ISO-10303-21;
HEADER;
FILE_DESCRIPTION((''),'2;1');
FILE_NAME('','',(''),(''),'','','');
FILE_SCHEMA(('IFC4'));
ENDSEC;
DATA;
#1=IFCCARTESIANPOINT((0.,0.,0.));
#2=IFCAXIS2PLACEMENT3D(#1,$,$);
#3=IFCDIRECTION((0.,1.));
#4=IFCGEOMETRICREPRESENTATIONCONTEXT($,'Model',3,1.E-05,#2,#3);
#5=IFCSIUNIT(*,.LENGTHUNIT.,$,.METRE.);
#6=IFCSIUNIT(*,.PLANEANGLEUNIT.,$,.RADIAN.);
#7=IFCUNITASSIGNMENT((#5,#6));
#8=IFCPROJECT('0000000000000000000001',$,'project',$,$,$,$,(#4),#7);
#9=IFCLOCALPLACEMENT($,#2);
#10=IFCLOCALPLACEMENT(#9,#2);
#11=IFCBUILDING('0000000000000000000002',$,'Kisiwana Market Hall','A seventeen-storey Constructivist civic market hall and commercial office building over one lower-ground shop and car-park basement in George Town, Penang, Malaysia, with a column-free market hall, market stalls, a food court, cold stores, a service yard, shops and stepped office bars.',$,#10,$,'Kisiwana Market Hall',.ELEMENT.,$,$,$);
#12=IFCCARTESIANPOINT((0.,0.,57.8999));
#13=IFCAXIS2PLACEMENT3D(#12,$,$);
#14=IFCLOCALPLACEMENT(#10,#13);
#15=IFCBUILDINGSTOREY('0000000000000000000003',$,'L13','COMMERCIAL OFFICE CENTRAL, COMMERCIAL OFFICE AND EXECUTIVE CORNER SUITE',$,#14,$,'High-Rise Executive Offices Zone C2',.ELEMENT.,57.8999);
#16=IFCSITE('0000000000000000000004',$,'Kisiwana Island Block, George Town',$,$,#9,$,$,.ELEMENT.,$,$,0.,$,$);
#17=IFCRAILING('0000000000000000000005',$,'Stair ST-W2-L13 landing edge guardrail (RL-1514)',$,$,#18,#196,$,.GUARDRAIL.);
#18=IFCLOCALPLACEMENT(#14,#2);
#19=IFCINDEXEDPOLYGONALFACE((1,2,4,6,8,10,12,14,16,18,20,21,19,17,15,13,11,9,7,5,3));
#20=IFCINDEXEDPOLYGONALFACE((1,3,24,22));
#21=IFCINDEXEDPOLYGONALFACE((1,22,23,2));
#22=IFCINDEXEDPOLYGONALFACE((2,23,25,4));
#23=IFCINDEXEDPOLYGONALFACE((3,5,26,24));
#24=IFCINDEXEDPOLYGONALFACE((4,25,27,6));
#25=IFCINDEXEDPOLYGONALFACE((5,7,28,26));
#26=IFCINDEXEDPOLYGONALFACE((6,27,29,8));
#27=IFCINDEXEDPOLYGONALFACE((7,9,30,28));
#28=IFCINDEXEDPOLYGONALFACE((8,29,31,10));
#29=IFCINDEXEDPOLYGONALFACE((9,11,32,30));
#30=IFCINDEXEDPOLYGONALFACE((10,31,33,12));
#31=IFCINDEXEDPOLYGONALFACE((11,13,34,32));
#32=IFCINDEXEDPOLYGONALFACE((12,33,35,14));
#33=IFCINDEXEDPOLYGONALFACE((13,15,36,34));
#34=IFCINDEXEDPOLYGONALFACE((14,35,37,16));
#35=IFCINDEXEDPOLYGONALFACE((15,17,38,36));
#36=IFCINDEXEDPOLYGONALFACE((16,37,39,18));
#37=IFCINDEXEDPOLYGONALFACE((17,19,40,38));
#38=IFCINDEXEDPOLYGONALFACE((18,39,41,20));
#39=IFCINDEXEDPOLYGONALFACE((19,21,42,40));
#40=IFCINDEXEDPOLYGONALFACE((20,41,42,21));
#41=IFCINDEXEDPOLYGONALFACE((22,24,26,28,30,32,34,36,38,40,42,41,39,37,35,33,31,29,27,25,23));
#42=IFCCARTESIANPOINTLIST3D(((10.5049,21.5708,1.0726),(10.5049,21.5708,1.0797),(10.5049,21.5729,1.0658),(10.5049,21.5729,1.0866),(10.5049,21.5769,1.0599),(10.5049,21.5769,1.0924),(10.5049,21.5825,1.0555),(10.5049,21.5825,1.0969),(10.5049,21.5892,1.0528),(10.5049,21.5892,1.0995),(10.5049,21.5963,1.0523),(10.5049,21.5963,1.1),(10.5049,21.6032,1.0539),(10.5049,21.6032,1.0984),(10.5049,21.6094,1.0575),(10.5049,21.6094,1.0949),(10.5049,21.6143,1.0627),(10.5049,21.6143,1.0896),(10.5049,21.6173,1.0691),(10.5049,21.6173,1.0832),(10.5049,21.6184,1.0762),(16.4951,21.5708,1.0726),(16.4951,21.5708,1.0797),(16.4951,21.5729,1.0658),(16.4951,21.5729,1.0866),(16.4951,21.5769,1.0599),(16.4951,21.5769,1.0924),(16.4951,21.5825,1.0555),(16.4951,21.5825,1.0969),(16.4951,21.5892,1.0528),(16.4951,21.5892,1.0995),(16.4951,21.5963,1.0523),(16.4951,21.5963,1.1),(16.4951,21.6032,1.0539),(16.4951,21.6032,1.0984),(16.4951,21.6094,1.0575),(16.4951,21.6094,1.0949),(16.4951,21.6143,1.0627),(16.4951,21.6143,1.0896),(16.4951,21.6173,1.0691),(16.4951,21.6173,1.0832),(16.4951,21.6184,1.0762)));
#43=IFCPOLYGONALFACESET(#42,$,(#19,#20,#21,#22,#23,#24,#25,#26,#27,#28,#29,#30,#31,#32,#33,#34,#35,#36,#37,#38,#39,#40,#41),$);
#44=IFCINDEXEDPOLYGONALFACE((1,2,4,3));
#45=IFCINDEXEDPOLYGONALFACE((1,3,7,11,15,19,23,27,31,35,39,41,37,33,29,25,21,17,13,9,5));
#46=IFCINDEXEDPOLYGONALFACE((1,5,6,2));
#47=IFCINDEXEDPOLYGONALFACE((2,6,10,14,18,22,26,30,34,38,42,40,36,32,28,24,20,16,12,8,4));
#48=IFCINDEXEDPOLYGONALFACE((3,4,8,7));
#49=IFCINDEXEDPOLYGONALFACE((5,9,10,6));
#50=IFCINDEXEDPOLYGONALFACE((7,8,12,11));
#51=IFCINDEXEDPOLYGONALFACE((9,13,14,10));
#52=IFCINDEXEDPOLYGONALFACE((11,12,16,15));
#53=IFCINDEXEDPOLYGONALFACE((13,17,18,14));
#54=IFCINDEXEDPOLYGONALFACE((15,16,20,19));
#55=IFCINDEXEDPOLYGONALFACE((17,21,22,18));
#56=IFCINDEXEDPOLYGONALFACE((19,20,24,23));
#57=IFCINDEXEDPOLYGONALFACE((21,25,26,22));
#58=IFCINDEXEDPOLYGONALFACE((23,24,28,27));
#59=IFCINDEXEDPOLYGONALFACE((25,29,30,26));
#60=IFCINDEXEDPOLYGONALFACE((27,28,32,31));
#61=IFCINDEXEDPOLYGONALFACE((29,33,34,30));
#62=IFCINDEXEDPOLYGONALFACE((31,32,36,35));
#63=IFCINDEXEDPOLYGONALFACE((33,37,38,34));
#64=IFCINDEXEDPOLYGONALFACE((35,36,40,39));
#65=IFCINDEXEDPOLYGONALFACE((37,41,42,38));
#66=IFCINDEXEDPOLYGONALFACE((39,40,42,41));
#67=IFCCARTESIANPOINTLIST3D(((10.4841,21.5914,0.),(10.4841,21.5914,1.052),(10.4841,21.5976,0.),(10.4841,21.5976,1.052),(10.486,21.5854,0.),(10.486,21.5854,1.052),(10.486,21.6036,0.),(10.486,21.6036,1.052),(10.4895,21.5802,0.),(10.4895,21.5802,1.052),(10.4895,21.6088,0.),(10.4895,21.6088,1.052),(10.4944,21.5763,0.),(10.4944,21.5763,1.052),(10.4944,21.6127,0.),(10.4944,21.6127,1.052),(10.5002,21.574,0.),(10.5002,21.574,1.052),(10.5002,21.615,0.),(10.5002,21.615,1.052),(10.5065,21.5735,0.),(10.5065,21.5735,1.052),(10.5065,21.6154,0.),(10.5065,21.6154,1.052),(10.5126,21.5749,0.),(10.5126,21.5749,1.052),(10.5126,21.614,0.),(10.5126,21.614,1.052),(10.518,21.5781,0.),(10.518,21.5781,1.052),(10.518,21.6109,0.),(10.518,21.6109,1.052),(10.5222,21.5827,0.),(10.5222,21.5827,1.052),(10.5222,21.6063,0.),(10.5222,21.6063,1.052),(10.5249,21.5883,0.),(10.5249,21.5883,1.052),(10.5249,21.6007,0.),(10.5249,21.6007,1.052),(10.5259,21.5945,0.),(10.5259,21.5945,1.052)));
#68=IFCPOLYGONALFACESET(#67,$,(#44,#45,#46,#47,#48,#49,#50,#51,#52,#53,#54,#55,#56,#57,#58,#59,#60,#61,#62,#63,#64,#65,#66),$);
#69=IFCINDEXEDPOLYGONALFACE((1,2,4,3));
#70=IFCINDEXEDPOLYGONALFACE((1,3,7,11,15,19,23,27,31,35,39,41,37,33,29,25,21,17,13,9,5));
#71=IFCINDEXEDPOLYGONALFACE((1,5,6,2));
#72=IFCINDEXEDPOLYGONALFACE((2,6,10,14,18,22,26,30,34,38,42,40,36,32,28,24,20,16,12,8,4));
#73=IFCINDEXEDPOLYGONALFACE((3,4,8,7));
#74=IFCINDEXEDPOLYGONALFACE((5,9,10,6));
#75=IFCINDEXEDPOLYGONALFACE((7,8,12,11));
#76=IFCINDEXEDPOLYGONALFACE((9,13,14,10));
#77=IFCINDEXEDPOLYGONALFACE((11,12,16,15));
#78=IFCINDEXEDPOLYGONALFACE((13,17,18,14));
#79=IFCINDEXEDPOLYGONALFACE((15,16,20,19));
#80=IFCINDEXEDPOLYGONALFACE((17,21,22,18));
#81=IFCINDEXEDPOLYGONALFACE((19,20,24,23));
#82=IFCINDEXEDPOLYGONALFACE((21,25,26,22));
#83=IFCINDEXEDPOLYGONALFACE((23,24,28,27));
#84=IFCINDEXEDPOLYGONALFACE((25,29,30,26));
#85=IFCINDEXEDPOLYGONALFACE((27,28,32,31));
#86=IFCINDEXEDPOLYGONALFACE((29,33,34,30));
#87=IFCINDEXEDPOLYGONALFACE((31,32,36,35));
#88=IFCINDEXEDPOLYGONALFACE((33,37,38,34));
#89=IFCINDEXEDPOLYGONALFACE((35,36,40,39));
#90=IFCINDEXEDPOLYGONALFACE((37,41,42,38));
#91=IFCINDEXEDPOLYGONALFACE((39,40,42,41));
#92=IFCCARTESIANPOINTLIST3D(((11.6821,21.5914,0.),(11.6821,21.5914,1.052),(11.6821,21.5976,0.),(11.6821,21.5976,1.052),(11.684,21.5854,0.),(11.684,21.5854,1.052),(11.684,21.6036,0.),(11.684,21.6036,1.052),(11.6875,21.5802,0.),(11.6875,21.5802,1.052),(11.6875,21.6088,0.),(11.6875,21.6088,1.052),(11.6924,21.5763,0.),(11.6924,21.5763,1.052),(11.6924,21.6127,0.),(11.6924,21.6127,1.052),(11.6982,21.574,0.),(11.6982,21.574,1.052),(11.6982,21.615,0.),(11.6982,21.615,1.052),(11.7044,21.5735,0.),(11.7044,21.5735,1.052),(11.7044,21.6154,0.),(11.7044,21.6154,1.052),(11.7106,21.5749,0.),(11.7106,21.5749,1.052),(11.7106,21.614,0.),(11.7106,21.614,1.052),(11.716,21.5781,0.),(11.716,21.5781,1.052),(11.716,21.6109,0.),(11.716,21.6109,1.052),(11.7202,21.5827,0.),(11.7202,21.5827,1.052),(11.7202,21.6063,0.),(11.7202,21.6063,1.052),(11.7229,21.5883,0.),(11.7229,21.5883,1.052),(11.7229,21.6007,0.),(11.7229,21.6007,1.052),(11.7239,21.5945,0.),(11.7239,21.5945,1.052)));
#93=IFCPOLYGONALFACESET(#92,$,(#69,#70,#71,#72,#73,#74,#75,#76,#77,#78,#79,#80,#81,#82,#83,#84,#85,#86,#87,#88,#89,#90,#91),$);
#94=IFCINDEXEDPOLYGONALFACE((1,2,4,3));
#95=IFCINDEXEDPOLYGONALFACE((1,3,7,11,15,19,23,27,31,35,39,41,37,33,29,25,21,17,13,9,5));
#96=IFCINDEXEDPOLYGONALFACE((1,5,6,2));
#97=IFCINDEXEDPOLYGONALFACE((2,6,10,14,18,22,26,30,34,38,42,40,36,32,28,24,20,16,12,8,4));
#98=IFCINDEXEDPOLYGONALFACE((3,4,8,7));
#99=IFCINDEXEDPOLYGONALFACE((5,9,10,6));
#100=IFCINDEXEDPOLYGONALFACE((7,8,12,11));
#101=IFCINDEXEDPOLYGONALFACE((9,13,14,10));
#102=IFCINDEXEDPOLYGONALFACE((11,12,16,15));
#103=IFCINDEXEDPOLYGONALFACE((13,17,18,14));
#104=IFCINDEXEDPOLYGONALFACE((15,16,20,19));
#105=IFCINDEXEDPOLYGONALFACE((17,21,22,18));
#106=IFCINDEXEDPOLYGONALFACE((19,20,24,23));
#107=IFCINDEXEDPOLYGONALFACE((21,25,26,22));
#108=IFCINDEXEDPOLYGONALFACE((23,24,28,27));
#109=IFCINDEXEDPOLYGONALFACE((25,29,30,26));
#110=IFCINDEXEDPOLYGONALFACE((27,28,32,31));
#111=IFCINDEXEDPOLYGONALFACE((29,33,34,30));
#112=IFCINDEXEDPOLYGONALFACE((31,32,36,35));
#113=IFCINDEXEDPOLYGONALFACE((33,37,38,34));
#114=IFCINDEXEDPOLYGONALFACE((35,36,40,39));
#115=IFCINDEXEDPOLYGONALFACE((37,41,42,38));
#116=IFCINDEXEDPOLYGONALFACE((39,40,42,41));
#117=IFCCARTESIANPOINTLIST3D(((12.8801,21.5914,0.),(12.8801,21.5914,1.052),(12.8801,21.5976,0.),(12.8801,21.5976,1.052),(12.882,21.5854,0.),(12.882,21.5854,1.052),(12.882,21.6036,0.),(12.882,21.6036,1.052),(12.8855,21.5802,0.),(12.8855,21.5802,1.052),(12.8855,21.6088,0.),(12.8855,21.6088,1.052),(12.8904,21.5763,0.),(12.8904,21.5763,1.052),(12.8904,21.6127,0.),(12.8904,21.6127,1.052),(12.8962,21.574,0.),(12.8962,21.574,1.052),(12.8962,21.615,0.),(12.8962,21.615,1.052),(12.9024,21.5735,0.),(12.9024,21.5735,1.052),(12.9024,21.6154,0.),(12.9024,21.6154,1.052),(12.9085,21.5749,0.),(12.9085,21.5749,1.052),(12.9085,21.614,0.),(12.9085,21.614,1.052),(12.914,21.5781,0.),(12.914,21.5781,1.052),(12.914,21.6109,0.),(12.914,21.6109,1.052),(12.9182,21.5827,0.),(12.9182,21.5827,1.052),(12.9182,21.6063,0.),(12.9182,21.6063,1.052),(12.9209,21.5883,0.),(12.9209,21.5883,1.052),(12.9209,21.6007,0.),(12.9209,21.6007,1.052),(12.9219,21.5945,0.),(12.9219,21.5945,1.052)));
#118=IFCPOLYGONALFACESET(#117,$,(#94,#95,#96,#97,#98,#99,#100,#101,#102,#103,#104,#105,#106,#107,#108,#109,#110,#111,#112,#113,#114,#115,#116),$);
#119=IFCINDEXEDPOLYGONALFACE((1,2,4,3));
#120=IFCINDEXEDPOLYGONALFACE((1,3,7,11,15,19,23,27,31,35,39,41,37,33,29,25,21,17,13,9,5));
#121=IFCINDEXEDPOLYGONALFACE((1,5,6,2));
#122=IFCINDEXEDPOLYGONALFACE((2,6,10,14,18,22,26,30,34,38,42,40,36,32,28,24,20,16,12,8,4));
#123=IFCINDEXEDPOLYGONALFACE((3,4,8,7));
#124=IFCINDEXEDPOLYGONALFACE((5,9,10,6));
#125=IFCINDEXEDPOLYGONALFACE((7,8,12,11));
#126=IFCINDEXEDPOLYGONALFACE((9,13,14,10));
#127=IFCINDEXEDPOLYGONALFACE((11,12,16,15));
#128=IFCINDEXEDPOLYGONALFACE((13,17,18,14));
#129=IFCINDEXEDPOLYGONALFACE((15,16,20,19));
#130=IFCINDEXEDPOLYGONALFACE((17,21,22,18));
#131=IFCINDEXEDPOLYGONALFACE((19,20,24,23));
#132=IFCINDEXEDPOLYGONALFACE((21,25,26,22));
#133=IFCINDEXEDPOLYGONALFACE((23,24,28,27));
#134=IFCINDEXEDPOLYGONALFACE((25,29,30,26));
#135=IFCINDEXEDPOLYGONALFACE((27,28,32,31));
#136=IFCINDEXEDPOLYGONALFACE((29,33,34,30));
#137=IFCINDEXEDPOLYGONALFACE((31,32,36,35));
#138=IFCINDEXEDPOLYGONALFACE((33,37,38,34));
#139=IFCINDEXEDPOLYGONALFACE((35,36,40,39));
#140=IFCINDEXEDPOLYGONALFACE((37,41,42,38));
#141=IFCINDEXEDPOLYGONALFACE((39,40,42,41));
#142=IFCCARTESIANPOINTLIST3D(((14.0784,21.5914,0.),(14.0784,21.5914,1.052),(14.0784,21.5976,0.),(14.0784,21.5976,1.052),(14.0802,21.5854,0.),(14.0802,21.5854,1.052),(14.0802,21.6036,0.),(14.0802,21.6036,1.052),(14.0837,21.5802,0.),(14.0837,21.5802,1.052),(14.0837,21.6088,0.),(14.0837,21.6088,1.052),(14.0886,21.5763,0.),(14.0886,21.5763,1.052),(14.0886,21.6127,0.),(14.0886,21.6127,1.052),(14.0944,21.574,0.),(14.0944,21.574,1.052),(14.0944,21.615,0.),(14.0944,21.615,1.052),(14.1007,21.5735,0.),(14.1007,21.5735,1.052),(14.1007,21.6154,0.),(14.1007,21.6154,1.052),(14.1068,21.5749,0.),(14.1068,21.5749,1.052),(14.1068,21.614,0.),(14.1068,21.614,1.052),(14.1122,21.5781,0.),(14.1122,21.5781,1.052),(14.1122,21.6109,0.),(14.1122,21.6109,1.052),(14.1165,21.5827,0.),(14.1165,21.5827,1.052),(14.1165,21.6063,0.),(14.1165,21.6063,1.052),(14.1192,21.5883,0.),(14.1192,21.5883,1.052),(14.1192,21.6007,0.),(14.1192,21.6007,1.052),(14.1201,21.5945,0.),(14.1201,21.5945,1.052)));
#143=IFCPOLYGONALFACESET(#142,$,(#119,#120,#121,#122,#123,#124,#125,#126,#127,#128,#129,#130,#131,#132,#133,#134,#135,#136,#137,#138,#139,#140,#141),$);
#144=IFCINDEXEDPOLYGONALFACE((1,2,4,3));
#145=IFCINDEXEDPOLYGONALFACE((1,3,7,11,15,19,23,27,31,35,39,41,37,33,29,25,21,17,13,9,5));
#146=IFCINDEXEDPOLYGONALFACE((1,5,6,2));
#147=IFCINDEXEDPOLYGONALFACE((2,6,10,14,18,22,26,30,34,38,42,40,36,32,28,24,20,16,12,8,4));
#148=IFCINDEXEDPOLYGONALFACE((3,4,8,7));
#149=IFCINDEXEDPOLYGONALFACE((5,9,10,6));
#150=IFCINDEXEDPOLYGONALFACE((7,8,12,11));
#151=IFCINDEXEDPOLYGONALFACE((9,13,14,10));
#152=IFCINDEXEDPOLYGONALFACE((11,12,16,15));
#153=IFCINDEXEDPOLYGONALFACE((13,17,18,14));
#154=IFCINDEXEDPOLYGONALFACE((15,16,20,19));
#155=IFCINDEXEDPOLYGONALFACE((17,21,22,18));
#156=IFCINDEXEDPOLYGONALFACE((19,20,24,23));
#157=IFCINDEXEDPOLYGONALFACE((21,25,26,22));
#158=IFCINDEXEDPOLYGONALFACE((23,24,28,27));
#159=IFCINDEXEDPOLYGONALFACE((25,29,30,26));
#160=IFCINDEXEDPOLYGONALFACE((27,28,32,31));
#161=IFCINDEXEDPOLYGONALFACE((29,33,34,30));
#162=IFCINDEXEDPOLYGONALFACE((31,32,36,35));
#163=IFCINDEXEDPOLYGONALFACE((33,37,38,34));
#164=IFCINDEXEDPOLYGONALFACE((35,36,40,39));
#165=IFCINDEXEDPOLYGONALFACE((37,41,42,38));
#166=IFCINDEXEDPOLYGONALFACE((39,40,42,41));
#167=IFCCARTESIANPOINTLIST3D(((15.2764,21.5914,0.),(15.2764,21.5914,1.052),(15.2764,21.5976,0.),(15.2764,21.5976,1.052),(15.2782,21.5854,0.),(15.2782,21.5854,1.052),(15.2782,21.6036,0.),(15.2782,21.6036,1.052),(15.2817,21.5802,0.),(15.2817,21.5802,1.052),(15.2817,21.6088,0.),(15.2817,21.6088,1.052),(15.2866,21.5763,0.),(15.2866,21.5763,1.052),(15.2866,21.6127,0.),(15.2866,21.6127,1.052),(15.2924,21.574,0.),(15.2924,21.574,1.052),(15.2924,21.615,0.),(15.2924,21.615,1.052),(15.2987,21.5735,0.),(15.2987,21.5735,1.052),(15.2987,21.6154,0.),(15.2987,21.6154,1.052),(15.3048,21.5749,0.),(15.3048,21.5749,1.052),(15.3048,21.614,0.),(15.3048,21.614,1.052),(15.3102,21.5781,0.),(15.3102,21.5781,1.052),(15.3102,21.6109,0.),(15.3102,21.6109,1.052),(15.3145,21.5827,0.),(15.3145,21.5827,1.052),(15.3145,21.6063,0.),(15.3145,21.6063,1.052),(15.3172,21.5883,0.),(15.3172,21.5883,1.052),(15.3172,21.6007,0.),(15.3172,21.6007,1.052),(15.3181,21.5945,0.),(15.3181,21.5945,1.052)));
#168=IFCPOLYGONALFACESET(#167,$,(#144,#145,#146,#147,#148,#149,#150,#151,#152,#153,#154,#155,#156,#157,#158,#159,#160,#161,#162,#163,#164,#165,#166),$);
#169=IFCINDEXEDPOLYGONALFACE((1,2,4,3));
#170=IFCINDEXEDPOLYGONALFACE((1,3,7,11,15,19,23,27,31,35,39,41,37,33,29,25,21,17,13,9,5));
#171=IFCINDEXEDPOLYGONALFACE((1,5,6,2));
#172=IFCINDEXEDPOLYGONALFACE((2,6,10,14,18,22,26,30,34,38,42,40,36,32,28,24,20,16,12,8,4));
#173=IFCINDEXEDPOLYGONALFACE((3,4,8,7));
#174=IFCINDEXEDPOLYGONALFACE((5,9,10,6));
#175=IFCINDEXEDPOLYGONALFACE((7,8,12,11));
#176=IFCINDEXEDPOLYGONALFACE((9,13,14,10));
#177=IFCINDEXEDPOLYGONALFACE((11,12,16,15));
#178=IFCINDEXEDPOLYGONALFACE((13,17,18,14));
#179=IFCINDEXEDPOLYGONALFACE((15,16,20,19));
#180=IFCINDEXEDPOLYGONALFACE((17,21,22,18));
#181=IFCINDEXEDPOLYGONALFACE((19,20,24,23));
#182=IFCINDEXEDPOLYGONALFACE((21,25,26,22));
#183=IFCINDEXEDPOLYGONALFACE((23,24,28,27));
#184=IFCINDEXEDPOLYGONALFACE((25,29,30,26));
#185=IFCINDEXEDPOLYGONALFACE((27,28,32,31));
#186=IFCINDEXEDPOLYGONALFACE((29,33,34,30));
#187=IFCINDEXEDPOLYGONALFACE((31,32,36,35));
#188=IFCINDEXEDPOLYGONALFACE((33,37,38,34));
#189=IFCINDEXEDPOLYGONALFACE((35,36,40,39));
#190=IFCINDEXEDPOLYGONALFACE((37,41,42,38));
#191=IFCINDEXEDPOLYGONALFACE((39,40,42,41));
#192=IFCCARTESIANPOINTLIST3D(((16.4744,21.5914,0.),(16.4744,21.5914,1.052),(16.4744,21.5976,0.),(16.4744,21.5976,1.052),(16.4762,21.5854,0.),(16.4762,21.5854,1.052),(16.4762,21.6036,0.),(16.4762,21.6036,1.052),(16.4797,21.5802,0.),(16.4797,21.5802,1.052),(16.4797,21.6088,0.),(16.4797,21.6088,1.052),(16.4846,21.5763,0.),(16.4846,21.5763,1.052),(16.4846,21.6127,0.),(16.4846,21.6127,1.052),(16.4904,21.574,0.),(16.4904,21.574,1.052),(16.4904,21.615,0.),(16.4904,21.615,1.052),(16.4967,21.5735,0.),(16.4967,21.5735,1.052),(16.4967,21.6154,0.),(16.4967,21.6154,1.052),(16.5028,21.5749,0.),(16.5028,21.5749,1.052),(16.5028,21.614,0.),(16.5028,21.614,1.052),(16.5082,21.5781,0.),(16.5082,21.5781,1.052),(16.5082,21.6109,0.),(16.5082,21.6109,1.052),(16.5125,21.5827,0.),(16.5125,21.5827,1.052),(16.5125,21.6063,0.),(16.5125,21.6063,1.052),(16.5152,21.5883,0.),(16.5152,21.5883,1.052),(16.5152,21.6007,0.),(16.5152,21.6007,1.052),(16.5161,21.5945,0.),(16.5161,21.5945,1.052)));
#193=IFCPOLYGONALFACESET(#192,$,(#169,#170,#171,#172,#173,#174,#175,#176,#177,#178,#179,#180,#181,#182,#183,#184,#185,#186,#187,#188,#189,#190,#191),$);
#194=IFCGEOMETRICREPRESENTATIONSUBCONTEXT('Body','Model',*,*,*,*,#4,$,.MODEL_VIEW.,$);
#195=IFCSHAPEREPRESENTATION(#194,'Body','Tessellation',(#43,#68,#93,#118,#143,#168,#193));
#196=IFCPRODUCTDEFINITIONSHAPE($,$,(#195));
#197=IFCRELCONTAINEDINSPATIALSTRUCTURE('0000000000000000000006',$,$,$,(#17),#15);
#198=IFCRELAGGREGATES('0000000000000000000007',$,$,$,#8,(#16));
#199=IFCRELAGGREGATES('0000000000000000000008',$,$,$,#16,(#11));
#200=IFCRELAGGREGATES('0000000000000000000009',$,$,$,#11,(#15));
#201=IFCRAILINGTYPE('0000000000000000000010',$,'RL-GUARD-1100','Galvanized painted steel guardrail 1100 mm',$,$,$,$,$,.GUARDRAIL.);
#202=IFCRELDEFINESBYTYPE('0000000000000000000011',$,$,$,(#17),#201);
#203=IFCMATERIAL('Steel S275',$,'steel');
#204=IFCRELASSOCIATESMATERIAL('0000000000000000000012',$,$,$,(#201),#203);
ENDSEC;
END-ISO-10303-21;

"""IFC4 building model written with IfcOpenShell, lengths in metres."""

from ifc_helpers import new_model, si_unit, direction, frame, origin, origin_2d, place, context, subcontext, project, spatial, circle, extrude, material, type_object, element, save


model = new_model("IFC4")

# Units and contexts
model_context = context("Model", 3, precision=1e-05, world=origin(), true_north=direction((0.0, 1.0)))
body_context = subcontext(model_context, "Body", "Model", "MODEL_VIEW")
ifc_project = project(units=[si_unit("LENGTHUNIT", "METRE"), si_unit("PLANEANGLEUNIT", "RADIAN")], contexts=[model_context])

# Site, building, storey
site_placement = place(None, origin())
site = spatial("IfcSite", under=ifc_project, at=site_placement, Name="Kisiwana Island Block, George Town", CompositionType="ELEMENT", RefElevation=0.0)
building_placement = place(site_placement, origin())
building = spatial("IfcBuilding", under=site, at=building_placement, Name="Kisiwana Market Hall", Description="A seventeen-storey Constructivist civic market hall and commercial office building over one lower-ground shop and car-park basement in George Town, Penang, Malaysia, with a column-free market hall, market stalls, a food court, cold stores, a service yard, shops and stepped office bars.", LongName="Kisiwana Market Hall", CompositionType="ELEMENT")
storey_placement = place(building_placement, frame((0.0, 0.0, 57.8999)))
storey = spatial("IfcBuildingStorey", under=building, at=storey_placement, Name="L13", Description="COMMERCIAL OFFICE CENTRAL, COMMERCIAL OFFICE AND EXECUTIVE CORNER SUITE", LongName="High-Rise Executive Offices Zone C2", CompositionType="ELEMENT", Elevation=57.8999)

# Railing
ifc_material_1 = material(Name="Steel S275", Category="steel")
railing_type_1 = type_object("IfcRailingType", Name="RL-GUARD-1100", Description="Galvanized painted steel guardrail 1100 mm", PredefinedType="GUARDRAIL", material=ifc_material_1)
railing_1_placement = place(storey_placement, frame((10.5049, 21.5945, 0.0)))
element("IfcRailing", 1, at=railing_1_placement, inside=storey, type_object=railing_type_1, Name="Stair ST-W2-L13 landing edge guardrail (RL-1514)", PredefinedType="GUARDRAIL", context=body_context, shape_type="SweptSolid", body=[
    extrude(circle(Radius=0.0239, at=origin_2d()), frame((0.0, 0.0, 1.0762), z_axis=(1.0, 0.0, 0.0), x_axis=(0.0, 1.0, 0.0)), (0.0, 0.0, 1.0), 5.9902),
    extrude(circle(Radius=0.021, at=origin_2d()), origin(), (0.0, 0.0, 1.0), 1.052),
    extrude(circle(Radius=0.021, at=origin_2d()), frame((1.198, 0.0, 0.0)), (0.0, 0.0, 1.0), 1.052),
    extrude(circle(Radius=0.021, at=origin_2d()), frame((2.396, 0.0, 0.0)), (0.0, 0.0, 1.0), 1.052),
    extrude(circle(Radius=0.021, at=origin_2d()), frame((3.5942, 0.0, 0.0)), (0.0, 0.0, 1.0), 1.052),
    extrude(circle(Radius=0.021, at=origin_2d()), frame((4.7922, 0.0, 0.0)), (0.0, 0.0, 1.0), 1.052),
    extrude(circle(Radius=0.021, at=origin_2d()), frame((5.9902, 0.0, 0.0)), (0.0, 0.0, 1.0), 1.052),
])

save(model, "model.ifc")
